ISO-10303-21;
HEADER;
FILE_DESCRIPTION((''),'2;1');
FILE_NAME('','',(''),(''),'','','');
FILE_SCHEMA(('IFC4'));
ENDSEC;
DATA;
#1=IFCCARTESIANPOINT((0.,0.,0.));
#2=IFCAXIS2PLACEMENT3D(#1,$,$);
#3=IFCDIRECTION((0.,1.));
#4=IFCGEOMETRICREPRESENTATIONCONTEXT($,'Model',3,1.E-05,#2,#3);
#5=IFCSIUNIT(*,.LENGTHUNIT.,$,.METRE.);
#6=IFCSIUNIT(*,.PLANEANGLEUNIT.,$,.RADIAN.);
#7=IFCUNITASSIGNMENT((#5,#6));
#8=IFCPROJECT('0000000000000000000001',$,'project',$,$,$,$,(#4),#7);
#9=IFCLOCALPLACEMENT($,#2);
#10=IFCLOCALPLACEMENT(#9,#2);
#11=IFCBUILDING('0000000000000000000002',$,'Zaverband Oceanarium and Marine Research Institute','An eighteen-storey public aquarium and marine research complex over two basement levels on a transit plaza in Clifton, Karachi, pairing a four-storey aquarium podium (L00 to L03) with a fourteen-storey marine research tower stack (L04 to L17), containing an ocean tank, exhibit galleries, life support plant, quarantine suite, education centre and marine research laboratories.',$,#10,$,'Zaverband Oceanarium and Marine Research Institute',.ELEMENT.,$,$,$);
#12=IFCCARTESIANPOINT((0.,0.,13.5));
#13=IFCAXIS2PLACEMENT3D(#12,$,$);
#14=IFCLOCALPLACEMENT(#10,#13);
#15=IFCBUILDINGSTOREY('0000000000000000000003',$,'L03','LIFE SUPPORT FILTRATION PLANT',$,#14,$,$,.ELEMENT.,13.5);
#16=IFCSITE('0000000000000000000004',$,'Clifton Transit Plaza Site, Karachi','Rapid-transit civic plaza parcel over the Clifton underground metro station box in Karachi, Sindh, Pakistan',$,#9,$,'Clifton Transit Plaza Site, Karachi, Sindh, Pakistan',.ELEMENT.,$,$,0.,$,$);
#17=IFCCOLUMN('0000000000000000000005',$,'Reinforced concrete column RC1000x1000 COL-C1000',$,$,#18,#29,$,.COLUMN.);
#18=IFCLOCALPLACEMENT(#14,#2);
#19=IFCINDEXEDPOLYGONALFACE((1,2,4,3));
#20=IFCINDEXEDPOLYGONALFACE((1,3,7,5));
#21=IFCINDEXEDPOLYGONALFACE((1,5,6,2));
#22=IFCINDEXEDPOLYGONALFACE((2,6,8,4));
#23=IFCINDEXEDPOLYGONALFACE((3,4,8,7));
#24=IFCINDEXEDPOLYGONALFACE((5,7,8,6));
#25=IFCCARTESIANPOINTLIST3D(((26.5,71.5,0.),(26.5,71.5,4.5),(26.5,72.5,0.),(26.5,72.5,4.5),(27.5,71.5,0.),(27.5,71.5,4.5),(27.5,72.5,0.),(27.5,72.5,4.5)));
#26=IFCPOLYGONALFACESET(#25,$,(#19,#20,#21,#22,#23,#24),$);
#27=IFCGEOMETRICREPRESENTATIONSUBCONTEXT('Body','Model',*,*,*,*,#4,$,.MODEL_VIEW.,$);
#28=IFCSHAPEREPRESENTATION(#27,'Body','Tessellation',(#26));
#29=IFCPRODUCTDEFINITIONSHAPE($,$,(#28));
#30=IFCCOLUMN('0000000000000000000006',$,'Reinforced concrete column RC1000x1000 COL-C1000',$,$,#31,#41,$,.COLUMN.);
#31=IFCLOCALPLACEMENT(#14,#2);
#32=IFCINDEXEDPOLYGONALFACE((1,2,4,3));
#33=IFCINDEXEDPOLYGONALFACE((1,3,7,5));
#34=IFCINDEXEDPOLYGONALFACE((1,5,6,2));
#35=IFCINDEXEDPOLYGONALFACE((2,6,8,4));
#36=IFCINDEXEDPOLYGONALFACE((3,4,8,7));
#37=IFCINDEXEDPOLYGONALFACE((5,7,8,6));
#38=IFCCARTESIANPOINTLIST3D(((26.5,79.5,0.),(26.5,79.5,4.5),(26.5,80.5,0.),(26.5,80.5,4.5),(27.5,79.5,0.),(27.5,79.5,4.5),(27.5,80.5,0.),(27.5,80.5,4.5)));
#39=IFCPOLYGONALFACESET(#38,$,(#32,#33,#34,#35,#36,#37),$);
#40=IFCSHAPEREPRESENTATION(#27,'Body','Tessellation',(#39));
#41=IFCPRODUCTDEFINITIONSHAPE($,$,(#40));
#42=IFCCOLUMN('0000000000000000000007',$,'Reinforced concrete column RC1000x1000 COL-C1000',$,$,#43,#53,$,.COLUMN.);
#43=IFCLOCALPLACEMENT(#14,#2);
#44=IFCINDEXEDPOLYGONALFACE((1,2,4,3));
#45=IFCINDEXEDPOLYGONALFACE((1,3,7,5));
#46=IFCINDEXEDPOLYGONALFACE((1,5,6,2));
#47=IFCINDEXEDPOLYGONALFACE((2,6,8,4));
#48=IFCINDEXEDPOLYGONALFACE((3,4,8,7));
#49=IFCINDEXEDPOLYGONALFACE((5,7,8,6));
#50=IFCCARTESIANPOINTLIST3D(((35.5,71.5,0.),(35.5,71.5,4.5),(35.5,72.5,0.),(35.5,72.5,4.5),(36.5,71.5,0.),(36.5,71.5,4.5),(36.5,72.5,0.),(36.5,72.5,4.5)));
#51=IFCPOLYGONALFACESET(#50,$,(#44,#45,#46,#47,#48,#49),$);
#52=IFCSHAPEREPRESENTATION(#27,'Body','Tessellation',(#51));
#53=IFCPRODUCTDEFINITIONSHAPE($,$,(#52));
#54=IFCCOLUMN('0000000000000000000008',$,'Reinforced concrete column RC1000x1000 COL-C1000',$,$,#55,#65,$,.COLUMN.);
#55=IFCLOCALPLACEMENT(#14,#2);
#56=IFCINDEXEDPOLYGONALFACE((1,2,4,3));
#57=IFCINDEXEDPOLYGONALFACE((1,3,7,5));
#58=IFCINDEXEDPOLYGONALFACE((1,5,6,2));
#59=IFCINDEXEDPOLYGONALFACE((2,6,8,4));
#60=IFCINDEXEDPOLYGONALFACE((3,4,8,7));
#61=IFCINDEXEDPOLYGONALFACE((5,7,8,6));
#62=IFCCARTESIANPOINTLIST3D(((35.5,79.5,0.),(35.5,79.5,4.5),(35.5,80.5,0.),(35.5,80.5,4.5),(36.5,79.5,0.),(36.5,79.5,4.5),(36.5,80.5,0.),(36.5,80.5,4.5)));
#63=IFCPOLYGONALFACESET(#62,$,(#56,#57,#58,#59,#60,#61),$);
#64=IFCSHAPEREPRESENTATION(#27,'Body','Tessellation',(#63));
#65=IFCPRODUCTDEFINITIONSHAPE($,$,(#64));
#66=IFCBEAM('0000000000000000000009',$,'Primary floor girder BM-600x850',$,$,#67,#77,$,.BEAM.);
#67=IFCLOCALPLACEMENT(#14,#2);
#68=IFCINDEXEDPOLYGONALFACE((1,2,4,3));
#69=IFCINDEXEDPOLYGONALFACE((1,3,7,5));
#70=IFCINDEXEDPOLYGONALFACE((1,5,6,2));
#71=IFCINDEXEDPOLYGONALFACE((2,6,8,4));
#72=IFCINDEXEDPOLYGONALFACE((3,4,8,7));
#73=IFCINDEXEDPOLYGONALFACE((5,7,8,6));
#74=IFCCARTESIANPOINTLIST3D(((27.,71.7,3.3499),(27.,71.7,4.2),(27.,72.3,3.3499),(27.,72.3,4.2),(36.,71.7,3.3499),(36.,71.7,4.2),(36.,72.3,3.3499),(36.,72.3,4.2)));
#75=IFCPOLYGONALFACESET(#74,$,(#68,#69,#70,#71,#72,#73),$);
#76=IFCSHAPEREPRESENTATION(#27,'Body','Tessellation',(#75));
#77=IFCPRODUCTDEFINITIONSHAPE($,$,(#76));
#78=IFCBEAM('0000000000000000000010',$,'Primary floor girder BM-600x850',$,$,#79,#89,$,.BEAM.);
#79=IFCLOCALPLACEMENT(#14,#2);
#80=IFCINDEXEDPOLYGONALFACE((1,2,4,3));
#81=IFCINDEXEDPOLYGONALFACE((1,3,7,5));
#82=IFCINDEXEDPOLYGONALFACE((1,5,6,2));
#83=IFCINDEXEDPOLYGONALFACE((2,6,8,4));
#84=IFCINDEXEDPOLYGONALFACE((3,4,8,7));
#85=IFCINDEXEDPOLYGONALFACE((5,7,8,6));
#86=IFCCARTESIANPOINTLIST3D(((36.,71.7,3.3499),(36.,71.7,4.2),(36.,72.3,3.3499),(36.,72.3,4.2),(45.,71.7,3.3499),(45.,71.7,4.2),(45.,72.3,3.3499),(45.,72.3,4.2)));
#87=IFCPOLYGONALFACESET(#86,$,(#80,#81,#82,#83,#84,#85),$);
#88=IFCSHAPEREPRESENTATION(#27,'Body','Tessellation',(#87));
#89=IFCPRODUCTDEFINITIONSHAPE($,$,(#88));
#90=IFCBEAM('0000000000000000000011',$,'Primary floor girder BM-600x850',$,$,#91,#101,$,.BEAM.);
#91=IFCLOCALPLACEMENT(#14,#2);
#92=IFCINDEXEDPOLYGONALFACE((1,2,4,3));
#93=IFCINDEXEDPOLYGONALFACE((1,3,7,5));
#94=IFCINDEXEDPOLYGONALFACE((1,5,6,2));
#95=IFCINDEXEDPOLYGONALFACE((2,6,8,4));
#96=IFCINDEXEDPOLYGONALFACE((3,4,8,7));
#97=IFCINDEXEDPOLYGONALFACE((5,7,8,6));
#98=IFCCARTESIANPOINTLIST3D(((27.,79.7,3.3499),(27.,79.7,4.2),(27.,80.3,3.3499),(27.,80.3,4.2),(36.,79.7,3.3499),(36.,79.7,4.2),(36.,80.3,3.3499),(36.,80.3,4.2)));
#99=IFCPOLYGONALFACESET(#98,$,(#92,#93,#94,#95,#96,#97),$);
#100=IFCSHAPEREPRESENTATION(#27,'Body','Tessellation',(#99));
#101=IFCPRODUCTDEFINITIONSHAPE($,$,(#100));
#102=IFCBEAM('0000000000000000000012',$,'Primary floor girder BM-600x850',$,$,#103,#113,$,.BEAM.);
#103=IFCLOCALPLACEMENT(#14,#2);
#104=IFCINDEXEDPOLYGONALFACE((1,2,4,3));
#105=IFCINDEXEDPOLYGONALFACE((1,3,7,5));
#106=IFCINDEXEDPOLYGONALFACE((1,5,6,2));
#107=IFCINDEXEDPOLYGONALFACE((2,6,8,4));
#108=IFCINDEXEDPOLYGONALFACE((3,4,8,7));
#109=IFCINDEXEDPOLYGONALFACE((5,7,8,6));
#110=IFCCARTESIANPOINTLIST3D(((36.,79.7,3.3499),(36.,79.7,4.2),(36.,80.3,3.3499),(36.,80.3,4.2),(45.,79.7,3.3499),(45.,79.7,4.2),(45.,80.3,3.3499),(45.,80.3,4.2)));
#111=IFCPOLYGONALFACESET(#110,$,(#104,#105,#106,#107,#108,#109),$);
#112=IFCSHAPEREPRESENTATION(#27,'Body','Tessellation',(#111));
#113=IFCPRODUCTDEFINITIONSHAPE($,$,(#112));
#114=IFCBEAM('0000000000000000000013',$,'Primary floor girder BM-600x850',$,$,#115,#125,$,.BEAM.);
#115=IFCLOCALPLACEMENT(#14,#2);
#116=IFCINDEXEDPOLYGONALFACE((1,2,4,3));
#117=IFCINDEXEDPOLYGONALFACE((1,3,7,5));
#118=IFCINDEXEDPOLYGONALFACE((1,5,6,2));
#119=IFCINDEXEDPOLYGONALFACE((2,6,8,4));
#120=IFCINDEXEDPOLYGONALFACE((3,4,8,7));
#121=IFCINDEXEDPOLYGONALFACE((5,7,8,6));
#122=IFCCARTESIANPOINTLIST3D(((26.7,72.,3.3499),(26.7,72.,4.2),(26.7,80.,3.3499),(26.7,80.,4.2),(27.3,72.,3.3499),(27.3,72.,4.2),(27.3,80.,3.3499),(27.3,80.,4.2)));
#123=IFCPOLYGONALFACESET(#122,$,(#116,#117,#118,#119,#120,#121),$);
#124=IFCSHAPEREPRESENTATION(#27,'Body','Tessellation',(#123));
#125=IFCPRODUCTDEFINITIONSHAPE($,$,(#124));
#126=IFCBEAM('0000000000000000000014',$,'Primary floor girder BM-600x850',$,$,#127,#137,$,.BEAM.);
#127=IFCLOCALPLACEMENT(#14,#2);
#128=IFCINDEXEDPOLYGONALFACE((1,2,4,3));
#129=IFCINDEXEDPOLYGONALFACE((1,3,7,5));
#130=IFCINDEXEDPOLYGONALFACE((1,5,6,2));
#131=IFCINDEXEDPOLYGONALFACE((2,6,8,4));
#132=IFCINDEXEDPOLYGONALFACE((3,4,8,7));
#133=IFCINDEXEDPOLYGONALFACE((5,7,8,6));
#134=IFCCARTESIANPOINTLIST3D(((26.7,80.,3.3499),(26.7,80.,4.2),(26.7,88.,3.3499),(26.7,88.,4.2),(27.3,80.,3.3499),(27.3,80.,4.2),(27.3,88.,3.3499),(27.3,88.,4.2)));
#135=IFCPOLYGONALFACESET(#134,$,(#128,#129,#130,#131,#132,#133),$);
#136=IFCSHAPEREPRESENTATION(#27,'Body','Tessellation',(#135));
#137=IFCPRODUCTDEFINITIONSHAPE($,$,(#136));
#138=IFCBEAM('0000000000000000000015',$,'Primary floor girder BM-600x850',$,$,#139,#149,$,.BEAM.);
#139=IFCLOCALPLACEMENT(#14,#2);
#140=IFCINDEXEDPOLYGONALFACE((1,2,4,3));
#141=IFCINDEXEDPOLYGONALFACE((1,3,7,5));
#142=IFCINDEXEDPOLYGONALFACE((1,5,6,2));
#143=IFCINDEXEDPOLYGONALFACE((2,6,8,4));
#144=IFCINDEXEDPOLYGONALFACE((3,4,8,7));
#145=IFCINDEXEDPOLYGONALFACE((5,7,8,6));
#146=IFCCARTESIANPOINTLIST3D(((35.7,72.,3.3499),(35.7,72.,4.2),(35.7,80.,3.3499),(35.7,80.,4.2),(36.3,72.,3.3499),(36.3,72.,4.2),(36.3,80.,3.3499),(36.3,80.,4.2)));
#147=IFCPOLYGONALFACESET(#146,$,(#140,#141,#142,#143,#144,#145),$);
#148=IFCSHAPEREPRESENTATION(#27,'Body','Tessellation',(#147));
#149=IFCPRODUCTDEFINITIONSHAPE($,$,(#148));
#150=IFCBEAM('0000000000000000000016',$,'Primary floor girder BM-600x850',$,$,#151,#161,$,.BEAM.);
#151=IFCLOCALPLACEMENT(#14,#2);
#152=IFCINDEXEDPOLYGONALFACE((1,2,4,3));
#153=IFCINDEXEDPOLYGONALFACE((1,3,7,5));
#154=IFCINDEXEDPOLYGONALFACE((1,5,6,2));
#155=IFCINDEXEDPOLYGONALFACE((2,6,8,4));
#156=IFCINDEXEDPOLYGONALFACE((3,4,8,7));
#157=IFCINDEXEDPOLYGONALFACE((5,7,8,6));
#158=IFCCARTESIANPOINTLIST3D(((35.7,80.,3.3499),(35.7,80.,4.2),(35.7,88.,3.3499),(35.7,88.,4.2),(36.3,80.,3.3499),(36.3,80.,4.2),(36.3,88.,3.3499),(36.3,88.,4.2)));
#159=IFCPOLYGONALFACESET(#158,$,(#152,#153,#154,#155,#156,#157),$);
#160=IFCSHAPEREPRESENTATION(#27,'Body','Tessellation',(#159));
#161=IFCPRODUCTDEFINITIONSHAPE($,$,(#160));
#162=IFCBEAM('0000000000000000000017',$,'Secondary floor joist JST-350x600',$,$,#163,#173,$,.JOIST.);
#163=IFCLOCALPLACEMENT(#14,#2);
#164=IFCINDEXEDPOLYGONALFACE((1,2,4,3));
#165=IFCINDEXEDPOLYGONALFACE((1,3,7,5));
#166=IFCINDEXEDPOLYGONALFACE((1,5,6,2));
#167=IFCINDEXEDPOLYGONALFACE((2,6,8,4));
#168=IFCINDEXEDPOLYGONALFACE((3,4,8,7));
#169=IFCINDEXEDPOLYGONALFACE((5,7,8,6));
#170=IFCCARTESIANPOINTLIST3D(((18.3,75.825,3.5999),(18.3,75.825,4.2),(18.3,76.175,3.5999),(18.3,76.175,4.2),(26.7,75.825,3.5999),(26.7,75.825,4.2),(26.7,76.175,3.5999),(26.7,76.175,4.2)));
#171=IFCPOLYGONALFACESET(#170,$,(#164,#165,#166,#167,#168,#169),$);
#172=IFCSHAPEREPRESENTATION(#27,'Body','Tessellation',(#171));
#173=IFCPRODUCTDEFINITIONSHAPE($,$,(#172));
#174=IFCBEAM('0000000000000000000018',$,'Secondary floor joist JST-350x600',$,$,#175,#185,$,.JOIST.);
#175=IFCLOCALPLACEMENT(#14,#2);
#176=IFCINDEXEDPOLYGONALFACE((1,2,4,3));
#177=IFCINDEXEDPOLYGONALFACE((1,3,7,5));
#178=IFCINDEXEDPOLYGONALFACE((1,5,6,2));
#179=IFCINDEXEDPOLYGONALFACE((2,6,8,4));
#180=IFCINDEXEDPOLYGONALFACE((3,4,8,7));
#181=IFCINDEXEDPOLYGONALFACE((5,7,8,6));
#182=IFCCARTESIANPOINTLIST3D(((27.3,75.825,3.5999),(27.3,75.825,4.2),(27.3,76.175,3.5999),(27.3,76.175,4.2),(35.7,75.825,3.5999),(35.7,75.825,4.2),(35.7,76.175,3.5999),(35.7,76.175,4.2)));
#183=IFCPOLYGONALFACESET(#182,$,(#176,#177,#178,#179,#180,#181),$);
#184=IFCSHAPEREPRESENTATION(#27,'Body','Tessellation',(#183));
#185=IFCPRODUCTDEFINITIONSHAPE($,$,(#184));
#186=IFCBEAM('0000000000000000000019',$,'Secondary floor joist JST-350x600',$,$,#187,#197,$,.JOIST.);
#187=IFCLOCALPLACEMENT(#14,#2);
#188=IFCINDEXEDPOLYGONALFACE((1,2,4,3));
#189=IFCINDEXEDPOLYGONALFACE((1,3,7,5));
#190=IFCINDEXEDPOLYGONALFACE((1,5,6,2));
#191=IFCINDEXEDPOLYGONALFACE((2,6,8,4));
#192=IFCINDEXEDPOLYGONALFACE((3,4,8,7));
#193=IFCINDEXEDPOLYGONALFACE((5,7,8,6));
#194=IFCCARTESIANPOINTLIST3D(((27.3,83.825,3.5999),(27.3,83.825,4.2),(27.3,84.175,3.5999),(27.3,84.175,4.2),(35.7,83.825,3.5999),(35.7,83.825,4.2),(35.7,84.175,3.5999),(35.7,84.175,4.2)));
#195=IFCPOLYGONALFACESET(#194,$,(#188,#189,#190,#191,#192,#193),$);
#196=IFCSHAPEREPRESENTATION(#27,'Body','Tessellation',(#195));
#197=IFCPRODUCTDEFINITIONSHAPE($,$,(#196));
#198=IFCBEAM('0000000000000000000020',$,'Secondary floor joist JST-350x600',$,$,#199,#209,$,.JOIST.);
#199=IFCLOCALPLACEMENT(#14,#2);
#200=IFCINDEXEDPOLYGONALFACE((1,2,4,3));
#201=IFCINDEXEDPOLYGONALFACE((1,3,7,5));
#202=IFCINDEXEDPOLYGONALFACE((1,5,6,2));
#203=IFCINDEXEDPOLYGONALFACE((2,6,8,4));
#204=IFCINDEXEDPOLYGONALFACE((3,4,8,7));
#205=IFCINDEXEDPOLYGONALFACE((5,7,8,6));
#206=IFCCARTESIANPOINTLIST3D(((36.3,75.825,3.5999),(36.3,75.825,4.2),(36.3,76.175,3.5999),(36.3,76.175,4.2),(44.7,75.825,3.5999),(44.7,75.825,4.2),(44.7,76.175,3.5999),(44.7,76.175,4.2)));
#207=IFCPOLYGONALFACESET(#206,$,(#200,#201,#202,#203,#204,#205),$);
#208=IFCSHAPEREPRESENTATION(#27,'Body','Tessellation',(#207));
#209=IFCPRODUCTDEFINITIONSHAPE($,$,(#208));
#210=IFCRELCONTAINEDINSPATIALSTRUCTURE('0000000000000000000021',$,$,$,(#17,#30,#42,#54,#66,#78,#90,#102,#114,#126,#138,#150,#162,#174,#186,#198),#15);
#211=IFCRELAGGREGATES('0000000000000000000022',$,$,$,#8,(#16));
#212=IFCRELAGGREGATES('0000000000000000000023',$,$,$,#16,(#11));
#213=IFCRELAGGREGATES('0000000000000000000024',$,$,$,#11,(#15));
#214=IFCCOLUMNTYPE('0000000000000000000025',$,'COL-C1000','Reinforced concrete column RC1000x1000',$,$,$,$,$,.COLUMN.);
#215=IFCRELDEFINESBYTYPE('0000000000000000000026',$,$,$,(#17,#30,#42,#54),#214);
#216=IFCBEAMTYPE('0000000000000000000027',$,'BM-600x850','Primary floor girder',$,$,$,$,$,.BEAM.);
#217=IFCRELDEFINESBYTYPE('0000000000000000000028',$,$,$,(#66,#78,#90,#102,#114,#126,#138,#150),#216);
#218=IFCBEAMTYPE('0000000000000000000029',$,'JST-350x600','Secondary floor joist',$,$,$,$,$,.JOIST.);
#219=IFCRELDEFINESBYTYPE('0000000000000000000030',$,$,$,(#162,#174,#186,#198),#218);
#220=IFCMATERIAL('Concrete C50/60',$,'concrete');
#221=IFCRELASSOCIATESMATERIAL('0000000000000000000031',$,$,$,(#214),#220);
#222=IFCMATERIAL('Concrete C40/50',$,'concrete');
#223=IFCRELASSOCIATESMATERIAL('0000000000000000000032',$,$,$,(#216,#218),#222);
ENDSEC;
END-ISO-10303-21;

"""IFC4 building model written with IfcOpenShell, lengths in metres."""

from ifc_helpers import new_model, si_unit, direction, frame, origin, origin_2d, place, context, subcontext, project, spatial, rectangle, extrude, material, material_profile, profile_set, type_object, element, save


model = new_model("IFC4")

# Units and contexts
model_context = context("Model", 3, precision=1e-05, world=origin(), true_north=direction((0.0, 1.0)))
body_context = subcontext(model_context, "Body", "Model", "MODEL_VIEW")
ifc_project = project(units=[si_unit("LENGTHUNIT", "METRE"), si_unit("PLANEANGLEUNIT", "RADIAN")], contexts=[model_context])

# Site, building, storey
site_placement = place(None, origin())
site = spatial("IfcSite", under=ifc_project, at=site_placement, Name="Clifton Transit Plaza Site, Karachi", Description="Rapid-transit civic plaza parcel over the Clifton underground metro station box in Karachi, Sindh, Pakistan", LongName="Clifton Transit Plaza Site, Karachi, Sindh, Pakistan", CompositionType="ELEMENT", RefElevation=0.0)
building_placement = place(site_placement, origin())
building = spatial("IfcBuilding", under=site, at=building_placement, Name="Zaverband Oceanarium and Marine Research Institute", Description="An eighteen-storey public aquarium and marine research complex over two basement levels on a transit plaza in Clifton, Karachi, pairing a four-storey aquarium podium (L00 to L03) with a fourteen-storey marine research tower stack (L04 to L17), containing an ocean tank, exhibit galleries, life support plant, quarantine suite, education centre and marine research laboratories.", LongName="Zaverband Oceanarium and Marine Research Institute", CompositionType="ELEMENT")
storey_placement = place(building_placement, frame((0.0, 0.0, 13.5)))
storey = spatial("IfcBuildingStorey", under=building, at=storey_placement, Name="L03", Description="LIFE SUPPORT FILTRATION PLANT", CompositionType="ELEMENT", Elevation=13.5)

# Columns
ifc_material_1 = material(Name="Concrete C50/60", Category="concrete")
ifc_material_profile_1 = material_profile(ifc_material_1, rectangle(XDim=1.0, YDim=1.0, at=origin_2d()), Name="RC1000x1000")
ifc_profile_set_1 = profile_set([ifc_material_profile_1], Name="Concrete C50/60")
column_type = type_object("IfcColumnType", Name="COL-C1000", Description="Reinforced concrete column RC1000x1000", PredefinedType="COLUMN", material=ifc_profile_set_1)
for number, where, z_axis, x_axis, name in (
    (1, (27.0, 72.0, 0.0), (0.0, 0.0, 1.0), (1.0, 0.0, 0.0), "Reinforced concrete column RC1000x1000 COL-C1000"),
    (2, (27.0, 80.0, 0.0), (0.0, 0.0, 1.0), (1.0, 0.0, 0.0), "Reinforced concrete column RC1000x1000 COL-C1000"),
    (3, (36.0, 72.0, 0.0), (0.0, 0.0, 1.0), (1.0, 0.0, 0.0), "Reinforced concrete column RC1000x1000 COL-C1000"),
    (4, (36.0, 80.0, 0.0), (0.0, 0.0, 1.0), (1.0, 0.0, 0.0), "Reinforced concrete column RC1000x1000 COL-C1000"),
):
    element("IfcColumn", number, at=place(storey_placement, frame(where, z_axis=z_axis, x_axis=x_axis)), inside=storey, type_object=column_type, Name=name, PredefinedType="COLUMN", context=body_context, shape_type="SweptSolid", body=[
        extrude(rectangle(XDim=1.0, YDim=1.0, at=origin_2d()), origin(), (0.0, 0.0, 1.0), 4.5),
    ])

# Beams
ifc_material_2 = material(Name="Concrete C40/50", Category="concrete")
ifc_material_profile_2 = material_profile(ifc_material_2, rectangle(XDim=0.6001, YDim=0.8501, at=origin_2d()), Name="RC600x850")
ifc_profile_set_2 = profile_set([ifc_material_profile_2], Name="Concrete C40/50")
beam_type_1 = type_object("IfcBeamType", Name="BM-600x850", Description="Primary floor girder", PredefinedType="BEAM", material=ifc_profile_set_2)
for number, where, z_axis, x_axis, name in (
    (5, (27.0, 72.0, 3.7749), (1.0, 0.0, 0.0), (0.0, 1.0, 0.0), "Primary floor girder BM-600x850"),
    (6, (36.0, 72.0, 3.7749), (1.0, 0.0, 0.0), (0.0, 1.0, 0.0), "Primary floor girder BM-600x850"),
    (7, (27.0, 80.0, 3.7749), (1.0, 0.0, 0.0), (0.0, 1.0, 0.0), "Primary floor girder BM-600x850"),
    (8, (36.0, 80.0, 3.7749), (1.0, 0.0, 0.0), (0.0, 1.0, 0.0), "Primary floor girder BM-600x850"),
):
    element("IfcBeam", number, at=place(storey_placement, frame(where, z_axis=z_axis, x_axis=x_axis)), inside=storey, type_object=beam_type_1, Name=name, PredefinedType="BEAM", context=body_context, shape_type="SweptSolid", body=[
        extrude(rectangle(XDim=0.6001, YDim=0.8501, at=origin_2d()), origin(), (0.0, 0.0, 1.0), 9.0),
    ])
for number, where, z_axis, x_axis, name in (
    (9, (27.0, 72.0, 3.7749), (0.0, 1.0, 0.0), (-1.0, 0.0, 0.0), "Primary floor girder BM-600x850"),
    (10, (27.0, 80.0, 3.7749), (0.0, 1.0, 0.0), (-1.0, 0.0, 0.0), "Primary floor girder BM-600x850"),
    (11, (36.0, 72.0, 3.7749), (0.0, 1.0, 0.0), (-1.0, 0.0, 0.0), "Primary floor girder BM-600x850"),
    (12, (36.0, 80.0, 3.7749), (0.0, 1.0, 0.0), (-1.0, 0.0, 0.0), "Primary floor girder BM-600x850"),
):
    element("IfcBeam", number, at=place(storey_placement, frame(where, z_axis=z_axis, x_axis=x_axis)), inside=storey, type_object=beam_type_1, Name=name, PredefinedType="BEAM", context=body_context, shape_type="SweptSolid", body=[
        extrude(rectangle(XDim=0.6001, YDim=0.8501, at=origin_2d()), origin(), (0.0, 0.0, 1.0), 8.0),
    ])
ifc_material_profile_3 = material_profile(ifc_material_2, rectangle(XDim=0.3501, YDim=0.6001, at=origin_2d()), Name="RC350x600")
ifc_profile_set_3 = profile_set([ifc_material_profile_3], Name="Concrete C40/50")
beam_type_2 = type_object("IfcBeamType", Name="JST-350x600", Description="Secondary floor joist", PredefinedType="JOIST", material=ifc_profile_set_3)
for number, where, z_axis, x_axis, name in (
    (13, (18.3, 76.0, 3.8999), (1.0, 0.0, 0.0), (0.0, 1.0, 0.0), "Secondary floor joist JST-350x600"),
    (14, (27.3, 76.0, 3.8999), (1.0, 0.0, 0.0), (0.0, 1.0, 0.0), "Secondary floor joist JST-350x600"),
    (15, (27.3, 84.0, 3.8999), (1.0, 0.0, 0.0), (0.0, 1.0, 0.0), "Secondary floor joist JST-350x600"),
    (16, (36.3, 76.0, 3.8999), (1.0, 0.0, 0.0), (0.0, 1.0, 0.0), "Secondary floor joist JST-350x600"),
):
    element("IfcBeam", number, at=place(storey_placement, frame(where, z_axis=z_axis, x_axis=x_axis)), inside=storey, type_object=beam_type_2, Name=name, PredefinedType="JOIST", context=body_context, shape_type="SweptSolid", body=[
        extrude(rectangle(XDim=0.3501, YDim=0.6001, at=origin_2d()), origin(), (0.0, 0.0, 1.0), 8.3999),
    ])

save(model, "model.ifc")
